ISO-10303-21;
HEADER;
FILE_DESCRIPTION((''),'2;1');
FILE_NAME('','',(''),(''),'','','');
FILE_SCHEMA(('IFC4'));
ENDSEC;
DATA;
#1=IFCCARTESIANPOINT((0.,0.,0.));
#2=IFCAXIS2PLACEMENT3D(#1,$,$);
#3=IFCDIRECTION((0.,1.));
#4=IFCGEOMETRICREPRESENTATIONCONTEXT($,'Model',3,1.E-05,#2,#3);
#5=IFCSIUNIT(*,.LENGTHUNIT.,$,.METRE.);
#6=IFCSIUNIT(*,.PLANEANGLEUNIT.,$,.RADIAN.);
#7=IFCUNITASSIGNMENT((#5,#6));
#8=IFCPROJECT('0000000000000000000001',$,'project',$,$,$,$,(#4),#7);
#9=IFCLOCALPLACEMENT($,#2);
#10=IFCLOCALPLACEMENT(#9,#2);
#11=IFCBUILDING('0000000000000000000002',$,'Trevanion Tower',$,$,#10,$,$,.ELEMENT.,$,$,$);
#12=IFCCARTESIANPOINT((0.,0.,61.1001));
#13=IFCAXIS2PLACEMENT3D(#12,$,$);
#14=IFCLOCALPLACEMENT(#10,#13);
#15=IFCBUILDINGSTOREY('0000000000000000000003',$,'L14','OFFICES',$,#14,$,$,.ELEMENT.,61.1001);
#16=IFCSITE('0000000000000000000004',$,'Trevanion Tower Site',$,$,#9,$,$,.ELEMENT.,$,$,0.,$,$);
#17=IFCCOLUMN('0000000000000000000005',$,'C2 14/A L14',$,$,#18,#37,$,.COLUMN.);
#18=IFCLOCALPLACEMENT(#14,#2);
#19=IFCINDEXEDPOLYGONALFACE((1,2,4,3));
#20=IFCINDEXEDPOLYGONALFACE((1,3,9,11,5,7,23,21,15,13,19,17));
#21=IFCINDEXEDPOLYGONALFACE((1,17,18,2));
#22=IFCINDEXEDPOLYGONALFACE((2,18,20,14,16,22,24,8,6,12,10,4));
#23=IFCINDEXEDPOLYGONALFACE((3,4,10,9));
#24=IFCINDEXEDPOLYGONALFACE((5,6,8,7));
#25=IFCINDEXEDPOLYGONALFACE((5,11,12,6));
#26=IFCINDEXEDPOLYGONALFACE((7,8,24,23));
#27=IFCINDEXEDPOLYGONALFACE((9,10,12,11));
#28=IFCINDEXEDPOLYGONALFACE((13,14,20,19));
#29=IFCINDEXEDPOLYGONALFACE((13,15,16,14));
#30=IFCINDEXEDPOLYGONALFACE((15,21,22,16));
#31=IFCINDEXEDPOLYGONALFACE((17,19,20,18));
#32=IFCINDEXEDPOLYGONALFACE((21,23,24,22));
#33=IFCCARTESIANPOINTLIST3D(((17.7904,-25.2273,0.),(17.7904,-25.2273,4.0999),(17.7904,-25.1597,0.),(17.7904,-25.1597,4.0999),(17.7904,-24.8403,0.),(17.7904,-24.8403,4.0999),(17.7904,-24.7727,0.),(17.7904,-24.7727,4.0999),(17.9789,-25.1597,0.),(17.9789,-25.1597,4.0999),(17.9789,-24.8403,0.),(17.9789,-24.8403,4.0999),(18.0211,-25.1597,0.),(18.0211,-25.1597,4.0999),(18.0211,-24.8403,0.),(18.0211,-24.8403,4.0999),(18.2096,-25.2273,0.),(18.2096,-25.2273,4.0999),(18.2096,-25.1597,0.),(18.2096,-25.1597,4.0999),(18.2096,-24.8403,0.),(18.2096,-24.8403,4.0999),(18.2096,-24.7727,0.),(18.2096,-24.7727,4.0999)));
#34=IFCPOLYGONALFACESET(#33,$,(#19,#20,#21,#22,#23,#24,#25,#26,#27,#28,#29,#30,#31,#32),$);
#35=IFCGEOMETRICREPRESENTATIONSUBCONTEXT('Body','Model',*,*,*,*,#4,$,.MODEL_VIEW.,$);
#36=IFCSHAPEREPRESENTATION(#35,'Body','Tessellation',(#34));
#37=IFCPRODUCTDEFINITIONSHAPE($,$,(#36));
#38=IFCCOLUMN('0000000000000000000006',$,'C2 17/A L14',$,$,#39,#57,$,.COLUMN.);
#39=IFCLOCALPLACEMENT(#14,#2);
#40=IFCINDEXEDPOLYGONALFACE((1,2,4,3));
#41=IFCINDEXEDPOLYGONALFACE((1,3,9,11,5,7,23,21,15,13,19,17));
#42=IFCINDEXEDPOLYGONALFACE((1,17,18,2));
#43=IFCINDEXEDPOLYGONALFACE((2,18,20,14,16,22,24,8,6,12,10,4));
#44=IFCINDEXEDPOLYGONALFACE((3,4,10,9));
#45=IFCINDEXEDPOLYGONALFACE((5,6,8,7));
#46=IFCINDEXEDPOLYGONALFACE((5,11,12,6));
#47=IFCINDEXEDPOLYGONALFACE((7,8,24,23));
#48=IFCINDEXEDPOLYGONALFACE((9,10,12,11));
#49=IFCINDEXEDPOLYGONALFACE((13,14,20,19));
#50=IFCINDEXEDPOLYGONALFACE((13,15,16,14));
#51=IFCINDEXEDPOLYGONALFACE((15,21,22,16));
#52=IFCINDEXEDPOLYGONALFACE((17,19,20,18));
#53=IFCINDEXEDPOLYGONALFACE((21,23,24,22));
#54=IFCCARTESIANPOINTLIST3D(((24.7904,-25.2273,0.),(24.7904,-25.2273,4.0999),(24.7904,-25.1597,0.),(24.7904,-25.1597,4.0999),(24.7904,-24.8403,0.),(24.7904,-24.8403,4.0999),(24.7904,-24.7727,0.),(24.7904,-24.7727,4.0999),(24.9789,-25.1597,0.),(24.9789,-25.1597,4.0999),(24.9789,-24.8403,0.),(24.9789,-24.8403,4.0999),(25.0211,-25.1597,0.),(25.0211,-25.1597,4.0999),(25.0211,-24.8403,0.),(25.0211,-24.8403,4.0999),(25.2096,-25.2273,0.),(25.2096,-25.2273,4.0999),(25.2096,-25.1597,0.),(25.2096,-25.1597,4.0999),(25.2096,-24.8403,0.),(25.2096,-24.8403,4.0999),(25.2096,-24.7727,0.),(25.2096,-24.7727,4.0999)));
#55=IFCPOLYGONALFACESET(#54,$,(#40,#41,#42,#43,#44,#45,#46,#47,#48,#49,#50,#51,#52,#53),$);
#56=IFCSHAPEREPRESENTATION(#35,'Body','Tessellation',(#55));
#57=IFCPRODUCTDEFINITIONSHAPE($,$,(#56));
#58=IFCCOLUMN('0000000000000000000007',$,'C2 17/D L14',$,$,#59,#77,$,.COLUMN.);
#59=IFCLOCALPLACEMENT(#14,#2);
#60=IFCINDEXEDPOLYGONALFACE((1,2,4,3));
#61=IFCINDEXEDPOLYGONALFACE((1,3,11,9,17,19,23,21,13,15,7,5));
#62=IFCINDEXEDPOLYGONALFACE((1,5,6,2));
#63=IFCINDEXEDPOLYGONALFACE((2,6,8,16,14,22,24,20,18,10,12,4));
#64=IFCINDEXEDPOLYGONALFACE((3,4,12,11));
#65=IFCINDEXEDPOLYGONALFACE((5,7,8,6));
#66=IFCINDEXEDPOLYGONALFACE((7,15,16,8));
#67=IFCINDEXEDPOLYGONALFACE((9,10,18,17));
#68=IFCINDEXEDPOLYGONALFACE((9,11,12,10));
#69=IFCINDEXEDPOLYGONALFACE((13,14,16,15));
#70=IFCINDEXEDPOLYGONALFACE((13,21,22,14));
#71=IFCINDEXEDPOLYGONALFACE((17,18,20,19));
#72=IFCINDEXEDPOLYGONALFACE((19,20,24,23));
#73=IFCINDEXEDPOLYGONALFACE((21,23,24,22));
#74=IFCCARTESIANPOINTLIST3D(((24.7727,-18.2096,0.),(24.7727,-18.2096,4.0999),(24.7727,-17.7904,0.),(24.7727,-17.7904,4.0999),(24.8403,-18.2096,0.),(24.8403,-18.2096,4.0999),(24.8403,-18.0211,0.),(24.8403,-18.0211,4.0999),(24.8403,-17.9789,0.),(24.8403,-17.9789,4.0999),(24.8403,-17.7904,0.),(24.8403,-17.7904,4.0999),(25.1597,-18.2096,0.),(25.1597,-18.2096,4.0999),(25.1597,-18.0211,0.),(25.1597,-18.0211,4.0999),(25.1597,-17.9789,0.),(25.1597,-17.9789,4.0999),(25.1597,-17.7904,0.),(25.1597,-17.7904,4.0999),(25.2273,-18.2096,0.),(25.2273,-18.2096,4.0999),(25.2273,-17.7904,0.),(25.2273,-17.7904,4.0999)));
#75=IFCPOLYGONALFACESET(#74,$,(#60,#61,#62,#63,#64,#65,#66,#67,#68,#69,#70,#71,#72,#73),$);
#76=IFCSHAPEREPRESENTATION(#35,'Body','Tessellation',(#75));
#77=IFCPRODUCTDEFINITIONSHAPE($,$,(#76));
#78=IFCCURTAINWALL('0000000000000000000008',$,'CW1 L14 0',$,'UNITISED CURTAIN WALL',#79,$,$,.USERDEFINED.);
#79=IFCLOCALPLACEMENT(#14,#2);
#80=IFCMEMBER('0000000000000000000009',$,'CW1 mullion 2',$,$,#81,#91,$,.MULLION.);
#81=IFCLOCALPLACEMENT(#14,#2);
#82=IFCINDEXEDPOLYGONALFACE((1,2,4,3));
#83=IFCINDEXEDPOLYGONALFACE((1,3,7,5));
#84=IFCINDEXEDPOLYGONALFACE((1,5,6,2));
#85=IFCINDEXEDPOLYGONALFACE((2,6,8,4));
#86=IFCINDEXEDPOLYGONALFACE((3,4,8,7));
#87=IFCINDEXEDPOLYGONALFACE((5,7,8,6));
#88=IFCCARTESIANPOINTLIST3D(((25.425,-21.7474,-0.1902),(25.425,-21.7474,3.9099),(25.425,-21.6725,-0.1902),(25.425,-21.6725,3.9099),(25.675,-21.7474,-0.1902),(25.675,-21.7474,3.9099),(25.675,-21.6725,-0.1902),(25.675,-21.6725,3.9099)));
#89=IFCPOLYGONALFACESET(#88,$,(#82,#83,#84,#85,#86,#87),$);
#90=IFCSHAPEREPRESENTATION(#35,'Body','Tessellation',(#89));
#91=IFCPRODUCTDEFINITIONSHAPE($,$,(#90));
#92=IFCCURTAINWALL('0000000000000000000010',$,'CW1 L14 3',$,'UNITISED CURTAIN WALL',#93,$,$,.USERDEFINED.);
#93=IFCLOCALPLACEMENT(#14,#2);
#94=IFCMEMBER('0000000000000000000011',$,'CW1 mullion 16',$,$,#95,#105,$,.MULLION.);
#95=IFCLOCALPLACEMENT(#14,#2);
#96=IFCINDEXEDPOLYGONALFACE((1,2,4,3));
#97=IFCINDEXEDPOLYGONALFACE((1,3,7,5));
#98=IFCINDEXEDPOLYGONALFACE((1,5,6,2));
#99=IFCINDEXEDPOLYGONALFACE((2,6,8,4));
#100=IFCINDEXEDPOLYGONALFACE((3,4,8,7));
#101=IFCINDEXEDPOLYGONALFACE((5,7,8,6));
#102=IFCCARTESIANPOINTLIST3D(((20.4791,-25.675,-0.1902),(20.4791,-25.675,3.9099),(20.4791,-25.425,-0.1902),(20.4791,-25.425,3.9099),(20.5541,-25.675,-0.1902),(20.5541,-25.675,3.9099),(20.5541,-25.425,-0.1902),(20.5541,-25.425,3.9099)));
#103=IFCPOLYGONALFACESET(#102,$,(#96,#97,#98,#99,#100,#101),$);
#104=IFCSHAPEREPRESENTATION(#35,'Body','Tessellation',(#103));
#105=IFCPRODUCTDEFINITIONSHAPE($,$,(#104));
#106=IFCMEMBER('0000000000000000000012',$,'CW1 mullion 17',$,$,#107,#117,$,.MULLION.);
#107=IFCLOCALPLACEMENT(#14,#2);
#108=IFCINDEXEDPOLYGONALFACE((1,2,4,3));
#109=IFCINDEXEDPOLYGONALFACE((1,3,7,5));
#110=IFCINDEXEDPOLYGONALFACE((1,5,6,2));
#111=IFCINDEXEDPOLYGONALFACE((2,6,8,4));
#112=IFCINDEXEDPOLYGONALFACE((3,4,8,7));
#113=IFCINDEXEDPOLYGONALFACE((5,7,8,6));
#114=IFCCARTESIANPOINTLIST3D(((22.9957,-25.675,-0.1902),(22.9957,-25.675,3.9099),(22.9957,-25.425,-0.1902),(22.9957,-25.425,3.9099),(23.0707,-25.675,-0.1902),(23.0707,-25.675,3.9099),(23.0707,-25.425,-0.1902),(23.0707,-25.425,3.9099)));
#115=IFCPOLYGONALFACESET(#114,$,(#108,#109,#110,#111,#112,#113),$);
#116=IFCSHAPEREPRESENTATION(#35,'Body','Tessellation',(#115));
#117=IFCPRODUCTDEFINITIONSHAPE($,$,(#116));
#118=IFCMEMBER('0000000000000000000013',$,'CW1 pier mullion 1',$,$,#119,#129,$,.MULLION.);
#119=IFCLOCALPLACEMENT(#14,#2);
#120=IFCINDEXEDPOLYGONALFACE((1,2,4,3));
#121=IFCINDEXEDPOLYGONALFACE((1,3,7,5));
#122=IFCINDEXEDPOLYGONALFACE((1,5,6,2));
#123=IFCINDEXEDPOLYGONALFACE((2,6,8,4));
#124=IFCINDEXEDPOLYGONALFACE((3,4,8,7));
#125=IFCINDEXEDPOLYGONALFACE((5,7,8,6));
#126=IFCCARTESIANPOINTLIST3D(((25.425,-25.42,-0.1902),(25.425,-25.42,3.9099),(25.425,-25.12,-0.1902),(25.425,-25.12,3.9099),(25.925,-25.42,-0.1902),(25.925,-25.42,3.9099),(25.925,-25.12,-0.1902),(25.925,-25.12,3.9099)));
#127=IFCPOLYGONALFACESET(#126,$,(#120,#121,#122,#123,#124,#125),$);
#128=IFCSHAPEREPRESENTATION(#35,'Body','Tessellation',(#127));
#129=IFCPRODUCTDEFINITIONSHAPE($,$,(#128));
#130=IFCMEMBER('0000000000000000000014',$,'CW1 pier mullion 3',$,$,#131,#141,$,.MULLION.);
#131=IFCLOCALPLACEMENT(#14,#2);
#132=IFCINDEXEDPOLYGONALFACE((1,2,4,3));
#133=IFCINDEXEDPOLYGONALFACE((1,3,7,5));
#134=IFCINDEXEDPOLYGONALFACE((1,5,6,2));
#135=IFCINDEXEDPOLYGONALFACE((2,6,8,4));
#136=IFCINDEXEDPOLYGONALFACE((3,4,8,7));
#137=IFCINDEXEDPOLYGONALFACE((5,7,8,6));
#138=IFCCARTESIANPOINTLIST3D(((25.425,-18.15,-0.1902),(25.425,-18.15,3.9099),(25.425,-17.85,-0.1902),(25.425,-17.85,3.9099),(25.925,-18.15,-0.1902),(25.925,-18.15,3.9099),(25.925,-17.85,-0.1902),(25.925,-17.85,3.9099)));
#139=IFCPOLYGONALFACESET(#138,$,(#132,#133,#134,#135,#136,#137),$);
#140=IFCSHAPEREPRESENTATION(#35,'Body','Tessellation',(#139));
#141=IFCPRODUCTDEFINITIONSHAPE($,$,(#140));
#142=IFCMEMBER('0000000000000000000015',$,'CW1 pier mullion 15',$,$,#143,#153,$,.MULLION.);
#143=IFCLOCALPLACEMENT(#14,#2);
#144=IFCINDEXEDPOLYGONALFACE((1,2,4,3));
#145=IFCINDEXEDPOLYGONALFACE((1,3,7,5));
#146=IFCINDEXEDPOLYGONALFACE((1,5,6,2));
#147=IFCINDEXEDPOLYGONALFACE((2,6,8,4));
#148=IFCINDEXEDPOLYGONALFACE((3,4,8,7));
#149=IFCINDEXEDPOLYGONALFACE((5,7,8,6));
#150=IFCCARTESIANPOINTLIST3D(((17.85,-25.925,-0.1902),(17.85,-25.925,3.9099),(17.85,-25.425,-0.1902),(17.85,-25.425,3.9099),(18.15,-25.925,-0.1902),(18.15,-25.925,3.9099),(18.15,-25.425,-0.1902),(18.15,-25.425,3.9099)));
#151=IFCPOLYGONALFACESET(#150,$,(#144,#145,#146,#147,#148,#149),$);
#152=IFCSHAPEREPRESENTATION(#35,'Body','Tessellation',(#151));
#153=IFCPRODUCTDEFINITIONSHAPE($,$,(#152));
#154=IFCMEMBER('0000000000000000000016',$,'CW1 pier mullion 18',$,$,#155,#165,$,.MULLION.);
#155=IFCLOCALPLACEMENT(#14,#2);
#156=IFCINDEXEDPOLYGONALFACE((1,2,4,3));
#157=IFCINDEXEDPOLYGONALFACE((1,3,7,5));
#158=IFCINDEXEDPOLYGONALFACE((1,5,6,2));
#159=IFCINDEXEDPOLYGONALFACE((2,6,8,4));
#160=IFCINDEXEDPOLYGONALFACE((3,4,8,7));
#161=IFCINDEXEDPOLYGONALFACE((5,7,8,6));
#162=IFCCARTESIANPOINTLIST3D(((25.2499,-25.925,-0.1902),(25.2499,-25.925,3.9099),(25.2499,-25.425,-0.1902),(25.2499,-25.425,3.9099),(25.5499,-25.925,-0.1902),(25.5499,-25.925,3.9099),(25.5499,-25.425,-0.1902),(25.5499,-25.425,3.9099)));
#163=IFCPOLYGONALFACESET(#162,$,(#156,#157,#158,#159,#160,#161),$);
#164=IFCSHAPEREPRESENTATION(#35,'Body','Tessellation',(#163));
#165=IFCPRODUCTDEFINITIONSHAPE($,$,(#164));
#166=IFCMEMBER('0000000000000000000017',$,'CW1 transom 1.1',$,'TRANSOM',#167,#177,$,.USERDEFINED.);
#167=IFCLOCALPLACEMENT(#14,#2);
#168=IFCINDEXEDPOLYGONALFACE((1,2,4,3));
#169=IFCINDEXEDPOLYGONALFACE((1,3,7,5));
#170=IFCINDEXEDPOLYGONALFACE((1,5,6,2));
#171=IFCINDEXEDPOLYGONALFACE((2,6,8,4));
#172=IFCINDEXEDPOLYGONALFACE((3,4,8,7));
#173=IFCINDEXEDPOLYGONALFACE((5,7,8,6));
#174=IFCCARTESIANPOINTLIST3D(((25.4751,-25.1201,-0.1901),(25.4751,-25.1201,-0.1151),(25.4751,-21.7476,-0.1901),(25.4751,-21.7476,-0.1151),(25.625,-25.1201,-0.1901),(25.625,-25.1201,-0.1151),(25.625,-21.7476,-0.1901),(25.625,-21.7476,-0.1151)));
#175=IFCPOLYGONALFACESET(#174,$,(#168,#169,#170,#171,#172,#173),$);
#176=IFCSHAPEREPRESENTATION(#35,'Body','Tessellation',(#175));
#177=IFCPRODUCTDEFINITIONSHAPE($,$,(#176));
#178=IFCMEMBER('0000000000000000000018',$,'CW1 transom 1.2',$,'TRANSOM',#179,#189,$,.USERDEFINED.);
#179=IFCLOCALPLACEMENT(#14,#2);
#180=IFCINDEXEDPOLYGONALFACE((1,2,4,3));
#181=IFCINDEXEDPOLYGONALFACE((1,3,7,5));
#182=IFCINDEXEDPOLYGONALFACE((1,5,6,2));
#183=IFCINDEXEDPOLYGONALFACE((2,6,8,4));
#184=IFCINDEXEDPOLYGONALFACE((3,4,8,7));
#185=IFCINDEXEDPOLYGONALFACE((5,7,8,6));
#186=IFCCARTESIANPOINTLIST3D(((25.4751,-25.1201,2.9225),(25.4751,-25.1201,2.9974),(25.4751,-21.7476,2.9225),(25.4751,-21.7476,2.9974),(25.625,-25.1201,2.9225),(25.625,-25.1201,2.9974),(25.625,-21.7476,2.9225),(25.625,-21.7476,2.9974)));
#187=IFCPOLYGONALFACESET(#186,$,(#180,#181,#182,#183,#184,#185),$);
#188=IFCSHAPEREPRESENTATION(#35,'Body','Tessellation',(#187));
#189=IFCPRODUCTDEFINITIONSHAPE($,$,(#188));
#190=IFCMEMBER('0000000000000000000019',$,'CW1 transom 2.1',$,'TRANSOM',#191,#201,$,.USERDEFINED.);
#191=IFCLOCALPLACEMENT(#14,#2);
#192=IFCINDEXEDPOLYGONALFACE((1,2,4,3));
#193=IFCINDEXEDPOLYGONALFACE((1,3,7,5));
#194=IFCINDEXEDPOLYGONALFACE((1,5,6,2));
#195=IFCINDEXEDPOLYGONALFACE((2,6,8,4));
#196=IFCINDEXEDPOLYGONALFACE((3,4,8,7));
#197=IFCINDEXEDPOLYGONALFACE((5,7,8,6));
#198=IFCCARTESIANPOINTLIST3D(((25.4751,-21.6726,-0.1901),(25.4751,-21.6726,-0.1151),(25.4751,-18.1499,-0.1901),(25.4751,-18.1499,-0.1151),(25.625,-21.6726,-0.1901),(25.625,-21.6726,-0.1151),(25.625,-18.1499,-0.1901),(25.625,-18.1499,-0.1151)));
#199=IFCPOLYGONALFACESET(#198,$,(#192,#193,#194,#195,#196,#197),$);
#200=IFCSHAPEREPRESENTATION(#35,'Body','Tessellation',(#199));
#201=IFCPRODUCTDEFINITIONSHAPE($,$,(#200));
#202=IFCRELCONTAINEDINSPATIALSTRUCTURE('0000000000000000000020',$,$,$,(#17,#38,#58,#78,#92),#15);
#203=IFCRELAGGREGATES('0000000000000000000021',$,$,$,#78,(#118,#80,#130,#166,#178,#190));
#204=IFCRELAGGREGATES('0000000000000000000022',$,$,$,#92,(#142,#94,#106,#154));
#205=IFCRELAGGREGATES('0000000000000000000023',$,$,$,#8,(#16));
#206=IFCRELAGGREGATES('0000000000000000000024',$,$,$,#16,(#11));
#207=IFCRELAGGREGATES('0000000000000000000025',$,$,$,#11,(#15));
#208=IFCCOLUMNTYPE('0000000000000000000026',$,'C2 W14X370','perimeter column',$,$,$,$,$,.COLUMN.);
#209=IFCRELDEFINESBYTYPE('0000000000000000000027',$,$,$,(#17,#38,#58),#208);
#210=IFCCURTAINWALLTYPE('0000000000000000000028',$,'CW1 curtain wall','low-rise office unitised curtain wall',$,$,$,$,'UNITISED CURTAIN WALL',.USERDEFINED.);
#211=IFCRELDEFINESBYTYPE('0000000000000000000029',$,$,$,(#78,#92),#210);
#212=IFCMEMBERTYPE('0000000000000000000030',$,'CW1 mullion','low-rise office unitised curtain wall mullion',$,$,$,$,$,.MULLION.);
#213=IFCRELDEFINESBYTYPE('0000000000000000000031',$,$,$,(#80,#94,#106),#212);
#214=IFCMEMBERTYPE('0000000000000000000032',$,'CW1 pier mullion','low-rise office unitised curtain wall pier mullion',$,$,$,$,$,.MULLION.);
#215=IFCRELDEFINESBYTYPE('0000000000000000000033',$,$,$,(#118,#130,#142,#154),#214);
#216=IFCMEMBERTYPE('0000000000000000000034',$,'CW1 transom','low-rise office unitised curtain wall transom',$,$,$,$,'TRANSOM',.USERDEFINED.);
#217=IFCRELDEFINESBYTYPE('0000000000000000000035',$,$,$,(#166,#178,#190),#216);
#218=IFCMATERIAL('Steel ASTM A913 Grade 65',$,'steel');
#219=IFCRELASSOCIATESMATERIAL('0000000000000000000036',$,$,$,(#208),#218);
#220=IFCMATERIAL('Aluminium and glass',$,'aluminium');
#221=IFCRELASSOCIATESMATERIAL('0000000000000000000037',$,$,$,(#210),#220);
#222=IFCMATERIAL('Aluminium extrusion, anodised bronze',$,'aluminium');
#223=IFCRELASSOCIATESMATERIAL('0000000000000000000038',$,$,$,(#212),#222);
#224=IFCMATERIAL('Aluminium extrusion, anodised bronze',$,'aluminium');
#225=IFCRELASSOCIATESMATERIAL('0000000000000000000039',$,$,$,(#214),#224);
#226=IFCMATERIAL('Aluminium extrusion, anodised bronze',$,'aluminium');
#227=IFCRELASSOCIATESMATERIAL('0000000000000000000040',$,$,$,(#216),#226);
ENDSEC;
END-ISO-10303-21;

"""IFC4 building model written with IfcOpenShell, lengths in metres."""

from ifc_helpers import new_model, si_unit, direction, frame, origin, origin_2d, place, context, subcontext, project, spatial, rectangle, i_section, extrude, material, material_profile, profile_set, type_object, element, aggregate, save


model = new_model("IFC4")

# Units and contexts
model_context = context("Model", 3, precision=1e-05, world=origin(), true_north=direction((0.0, 1.0)))
body_context = subcontext(model_context, "Body", "Model", "MODEL_VIEW")
ifc_project = project(units=[si_unit("LENGTHUNIT", "METRE"), si_unit("PLANEANGLEUNIT", "RADIAN")], contexts=[model_context])

# Site, building, storey
site_placement = place(None, origin())
site = spatial("IfcSite", under=ifc_project, at=site_placement, Name="Trevanion Tower Site", CompositionType="ELEMENT", RefElevation=0.0)
building_placement = place(site_placement, origin())
building = spatial("IfcBuilding", under=site, at=building_placement, Name="Trevanion Tower", CompositionType="ELEMENT")
storey_placement = place(building_placement, frame((0.0, 0.0, 61.1001)))
storey = spatial("IfcBuildingStorey", under=building, at=storey_placement, Name="L14", Description="OFFICES", CompositionType="ELEMENT", Elevation=61.1001)

# Columns
ifc_material_1 = material(Name="Steel ASTM A913 Grade 65", Category="steel")
ifc_material_profile_1 = material_profile(ifc_material_1, i_section(OverallWidth=0.4192, OverallDepth=0.4546, WebThickness=0.0422, FlangeThickness=0.0676, at=origin_2d()), Name="W14X370")
ifc_profile_set_1 = profile_set([ifc_material_profile_1], Name="Steel ASTM A913 Grade 65")
column_type = type_object("IfcColumnType", Name="C2 W14X370", Description="perimeter column", PredefinedType="COLUMN", material=ifc_profile_set_1)
for number, where, z_axis, x_axis, name in (
    (1, (18.0, -25.0, 0.0), (0.0, 0.0, 1.0), (1.0, 0.0, 0.0), "C2 14/A L14"),
    (2, (25.0, -25.0, 0.0), (0.0, 0.0, 1.0), (1.0, 0.0, 0.0), "C2 17/A L14"),
    (3, (25.0, -18.0, 0.0), (0.0, 0.0, 1.0), (0.0, 1.0, 0.0), "C2 17/D L14"),
):
    element("IfcColumn", number, at=place(storey_placement, frame(where, z_axis=z_axis, x_axis=x_axis)), inside=storey, type_object=column_type, Name=name, PredefinedType="COLUMN", context=body_context, shape_type="SweptSolid", body=[
        extrude(i_section(OverallWidth=0.4192, OverallDepth=0.4546, WebThickness=0.0422, FlangeThickness=0.0676, at=origin_2d()), origin(), (0.0, 0.0, 1.0), 4.0999),
    ])

# Curtain wall, member
ifc_material_2 = material(Name="Aluminium and glass", Category="aluminium")
curtain_wall_type = type_object("IfcCurtainWallType", Name="CW1 curtain wall", Description="low-rise office unitised curtain wall", ElementType="UNITISED CURTAIN WALL", PredefinedType="USERDEFINED", material=ifc_material_2)
curtain_wall_1_placement = place(storey_placement, origin())
curtain_wall_1 = element("IfcCurtainWall", 4, at=curtain_wall_1_placement, inside=storey, type_object=curtain_wall_type, Name="CW1 L14 0", ObjectType="UNITISED CURTAIN WALL", PredefinedType="USERDEFINED")
ifc_material_3 = material(Name="Aluminium extrusion, anodised bronze", Category="aluminium")
ifc_material_profile_2 = material_profile(ifc_material_3, rectangle(XDim=0.075, YDim=0.25, at=origin_2d()), Name="CW1 mullion")
ifc_profile_set_2 = profile_set([ifc_material_profile_2], Name="Aluminium extrusion, anodised bronze")
member_type_1 = type_object("IfcMemberType", Name="CW1 mullion", Description="low-rise office unitised curtain wall mullion", PredefinedType="MULLION", material=ifc_profile_set_2)
member_1_placement = place(storey_placement, frame((25.55, -21.71, -0.1902), z_axis=(0.0, 0.0, 1.0), x_axis=(0.0, 1.0, 0.0)))
member_1 = element("IfcMember", 5, at=member_1_placement, type_object=member_type_1, Name="CW1 mullion 2", PredefinedType="MULLION", context=body_context, shape_type="SweptSolid", body=[
    extrude(rectangle(XDim=0.075, YDim=0.25, at=origin_2d()), origin(), (0.0, 0.0, 1.0), 4.1001),
])

# Curtain wall, members
curtain_wall_2_placement = place(storey_placement, origin())
curtain_wall_2 = element("IfcCurtainWall", 6, at=curtain_wall_2_placement, inside=storey, type_object=curtain_wall_type, Name="CW1 L14 3", ObjectType="UNITISED CURTAIN WALL", PredefinedType="USERDEFINED")
member_2_placement = place(storey_placement, frame((20.5166, -25.55, -0.1902), z_axis=(0.0, 0.0, 1.0), x_axis=(1.0, 0.0, 0.0)))
member_2 = element("IfcMember", 7, at=member_2_placement, type_object=member_type_1, Name="CW1 mullion 16", PredefinedType="MULLION", context=body_context, shape_type="SweptSolid", body=[
    extrude(rectangle(XDim=0.075, YDim=0.25, at=origin_2d()), origin(), (0.0, 0.0, 1.0), 4.1001),
])
member_3_placement = place(storey_placement, frame((23.0332, -25.55, -0.1902), z_axis=(0.0, 0.0, 1.0), x_axis=(1.0, 0.0, 0.0)))
member_3 = element("IfcMember", 8, at=member_3_placement, type_object=member_type_1, Name="CW1 mullion 17", PredefinedType="MULLION", context=body_context, shape_type="SweptSolid", body=[
    extrude(rectangle(XDim=0.075, YDim=0.25, at=origin_2d()), origin(), (0.0, 0.0, 1.0), 4.1001),
])

# Members
ifc_material_4 = material(Name="Aluminium extrusion, anodised bronze", Category="aluminium")
ifc_material_profile_3 = material_profile(ifc_material_4, rectangle(XDim=0.3, YDim=0.5, at=origin_2d()), Name="CW1 pier mullion")
ifc_profile_set_3 = profile_set([ifc_material_profile_3], Name="Aluminium extrusion, anodised bronze")
member_type_2 = type_object("IfcMemberType", Name="CW1 pier mullion", Description="low-rise office unitised curtain wall pier mullion", PredefinedType="MULLION", material=ifc_profile_set_3)
member_4_placement = place(storey_placement, frame((25.675, -25.27, -0.1902), z_axis=(0.0, 0.0, 1.0), x_axis=(0.0, 1.0, 0.0)))
member_4 = element("IfcMember", 9, at=member_4_placement, type_object=member_type_2, Name="CW1 pier mullion 1", PredefinedType="MULLION", context=body_context, shape_type="SweptSolid", body=[
    extrude(rectangle(XDim=0.3, YDim=0.5, at=origin_2d()), origin(), (0.0, 0.0, 1.0), 4.1001),
])
member_5_placement = place(storey_placement, frame((25.675, -18.0, -0.1902), z_axis=(0.0, 0.0, 1.0), x_axis=(0.0, 1.0, 0.0)))
member_5 = element("IfcMember", 10, at=member_5_placement, type_object=member_type_2, Name="CW1 pier mullion 3", PredefinedType="MULLION", context=body_context, shape_type="SweptSolid", body=[
    extrude(rectangle(XDim=0.3, YDim=0.5, at=origin_2d()), origin(), (0.0, 0.0, 1.0), 4.1001),
])
member_6_placement = place(storey_placement, frame((18.0, -25.675, -0.1902), z_axis=(0.0, 0.0, 1.0), x_axis=(1.0, 0.0, 0.0)))
member_6 = element("IfcMember", 11, at=member_6_placement, type_object=member_type_2, Name="CW1 pier mullion 15", PredefinedType="MULLION", context=body_context, shape_type="SweptSolid", body=[
    extrude(rectangle(XDim=0.3, YDim=0.5, at=origin_2d()), origin(), (0.0, 0.0, 1.0), 4.1001),
])
member_7_placement = place(storey_placement, frame((25.3999, -25.675, -0.1902), z_axis=(0.0, 0.0, 1.0), x_axis=(1.0, 0.0, 0.0)))
member_7 = element("IfcMember", 12, at=member_7_placement, type_object=member_type_2, Name="CW1 pier mullion 18", PredefinedType="MULLION", context=body_context, shape_type="SweptSolid", body=[
    extrude(rectangle(XDim=0.3, YDim=0.5, at=origin_2d()), origin(), (0.0, 0.0, 1.0), 4.1001),
])
ifc_material_5 = material(Name="Aluminium extrusion, anodised bronze", Category="aluminium")
ifc_material_profile_4 = material_profile(ifc_material_5, rectangle(XDim=0.1499, YDim=0.075, at=origin_2d()), Name="CW1 transom")
ifc_profile_set_4 = profile_set([ifc_material_profile_4], Name="Aluminium extrusion, anodised bronze")
member_type_3 = type_object("IfcMemberType", Name="CW1 transom", Description="low-rise office unitised curtain wall transom", ElementType="TRANSOM", PredefinedType="USERDEFINED", material=ifc_profile_set_4)
member_8_placement = place(storey_placement, frame((25.55, -25.1201, -0.1526), z_axis=(0.0, 1.0, 0.0), x_axis=(-1.0, 0.0, 0.0)))
member_8 = element("IfcMember", 13, at=member_8_placement, type_object=member_type_3, Name="CW1 transom 1.1", ObjectType="TRANSOM", PredefinedType="USERDEFINED", context=body_context, shape_type="SweptSolid", body=[
    extrude(rectangle(XDim=0.1499, YDim=0.075, at=origin_2d()), origin(), (0.0, 0.0, 1.0), 3.3726),
])
member_9_placement = place(storey_placement, frame((25.55, -25.1201, 2.96), z_axis=(0.0, 1.0, 0.0), x_axis=(-1.0, 0.0, 0.0)))
member_9 = element("IfcMember", 14, at=member_9_placement, type_object=member_type_3, Name="CW1 transom 1.2", ObjectType="TRANSOM", PredefinedType="USERDEFINED", context=body_context, shape_type="SweptSolid", body=[
    extrude(rectangle(XDim=0.1499, YDim=0.075, at=origin_2d()), origin(), (0.0, 0.0, 1.0), 3.3726),
])
member_10_placement = place(storey_placement, frame((25.55, -21.6726, -0.1526), z_axis=(0.0, 1.0, 0.0), x_axis=(-1.0, 0.0, 0.0)))
member_10 = element("IfcMember", 15, at=member_10_placement, type_object=member_type_3, Name="CW1 transom 2.1", ObjectType="TRANSOM", PredefinedType="USERDEFINED", context=body_context, shape_type="SweptSolid", body=[
    extrude(rectangle(XDim=0.1499, YDim=0.075, at=origin_2d()), origin(), (0.0, 0.0, 1.0), 3.5227),
])

aggregate(curtain_wall_1, [member_4, member_1, member_5, member_8, member_9, member_10])
aggregate(curtain_wall_2, [member_6, member_2, member_3, member_7])

save(model, "model.ifc")
